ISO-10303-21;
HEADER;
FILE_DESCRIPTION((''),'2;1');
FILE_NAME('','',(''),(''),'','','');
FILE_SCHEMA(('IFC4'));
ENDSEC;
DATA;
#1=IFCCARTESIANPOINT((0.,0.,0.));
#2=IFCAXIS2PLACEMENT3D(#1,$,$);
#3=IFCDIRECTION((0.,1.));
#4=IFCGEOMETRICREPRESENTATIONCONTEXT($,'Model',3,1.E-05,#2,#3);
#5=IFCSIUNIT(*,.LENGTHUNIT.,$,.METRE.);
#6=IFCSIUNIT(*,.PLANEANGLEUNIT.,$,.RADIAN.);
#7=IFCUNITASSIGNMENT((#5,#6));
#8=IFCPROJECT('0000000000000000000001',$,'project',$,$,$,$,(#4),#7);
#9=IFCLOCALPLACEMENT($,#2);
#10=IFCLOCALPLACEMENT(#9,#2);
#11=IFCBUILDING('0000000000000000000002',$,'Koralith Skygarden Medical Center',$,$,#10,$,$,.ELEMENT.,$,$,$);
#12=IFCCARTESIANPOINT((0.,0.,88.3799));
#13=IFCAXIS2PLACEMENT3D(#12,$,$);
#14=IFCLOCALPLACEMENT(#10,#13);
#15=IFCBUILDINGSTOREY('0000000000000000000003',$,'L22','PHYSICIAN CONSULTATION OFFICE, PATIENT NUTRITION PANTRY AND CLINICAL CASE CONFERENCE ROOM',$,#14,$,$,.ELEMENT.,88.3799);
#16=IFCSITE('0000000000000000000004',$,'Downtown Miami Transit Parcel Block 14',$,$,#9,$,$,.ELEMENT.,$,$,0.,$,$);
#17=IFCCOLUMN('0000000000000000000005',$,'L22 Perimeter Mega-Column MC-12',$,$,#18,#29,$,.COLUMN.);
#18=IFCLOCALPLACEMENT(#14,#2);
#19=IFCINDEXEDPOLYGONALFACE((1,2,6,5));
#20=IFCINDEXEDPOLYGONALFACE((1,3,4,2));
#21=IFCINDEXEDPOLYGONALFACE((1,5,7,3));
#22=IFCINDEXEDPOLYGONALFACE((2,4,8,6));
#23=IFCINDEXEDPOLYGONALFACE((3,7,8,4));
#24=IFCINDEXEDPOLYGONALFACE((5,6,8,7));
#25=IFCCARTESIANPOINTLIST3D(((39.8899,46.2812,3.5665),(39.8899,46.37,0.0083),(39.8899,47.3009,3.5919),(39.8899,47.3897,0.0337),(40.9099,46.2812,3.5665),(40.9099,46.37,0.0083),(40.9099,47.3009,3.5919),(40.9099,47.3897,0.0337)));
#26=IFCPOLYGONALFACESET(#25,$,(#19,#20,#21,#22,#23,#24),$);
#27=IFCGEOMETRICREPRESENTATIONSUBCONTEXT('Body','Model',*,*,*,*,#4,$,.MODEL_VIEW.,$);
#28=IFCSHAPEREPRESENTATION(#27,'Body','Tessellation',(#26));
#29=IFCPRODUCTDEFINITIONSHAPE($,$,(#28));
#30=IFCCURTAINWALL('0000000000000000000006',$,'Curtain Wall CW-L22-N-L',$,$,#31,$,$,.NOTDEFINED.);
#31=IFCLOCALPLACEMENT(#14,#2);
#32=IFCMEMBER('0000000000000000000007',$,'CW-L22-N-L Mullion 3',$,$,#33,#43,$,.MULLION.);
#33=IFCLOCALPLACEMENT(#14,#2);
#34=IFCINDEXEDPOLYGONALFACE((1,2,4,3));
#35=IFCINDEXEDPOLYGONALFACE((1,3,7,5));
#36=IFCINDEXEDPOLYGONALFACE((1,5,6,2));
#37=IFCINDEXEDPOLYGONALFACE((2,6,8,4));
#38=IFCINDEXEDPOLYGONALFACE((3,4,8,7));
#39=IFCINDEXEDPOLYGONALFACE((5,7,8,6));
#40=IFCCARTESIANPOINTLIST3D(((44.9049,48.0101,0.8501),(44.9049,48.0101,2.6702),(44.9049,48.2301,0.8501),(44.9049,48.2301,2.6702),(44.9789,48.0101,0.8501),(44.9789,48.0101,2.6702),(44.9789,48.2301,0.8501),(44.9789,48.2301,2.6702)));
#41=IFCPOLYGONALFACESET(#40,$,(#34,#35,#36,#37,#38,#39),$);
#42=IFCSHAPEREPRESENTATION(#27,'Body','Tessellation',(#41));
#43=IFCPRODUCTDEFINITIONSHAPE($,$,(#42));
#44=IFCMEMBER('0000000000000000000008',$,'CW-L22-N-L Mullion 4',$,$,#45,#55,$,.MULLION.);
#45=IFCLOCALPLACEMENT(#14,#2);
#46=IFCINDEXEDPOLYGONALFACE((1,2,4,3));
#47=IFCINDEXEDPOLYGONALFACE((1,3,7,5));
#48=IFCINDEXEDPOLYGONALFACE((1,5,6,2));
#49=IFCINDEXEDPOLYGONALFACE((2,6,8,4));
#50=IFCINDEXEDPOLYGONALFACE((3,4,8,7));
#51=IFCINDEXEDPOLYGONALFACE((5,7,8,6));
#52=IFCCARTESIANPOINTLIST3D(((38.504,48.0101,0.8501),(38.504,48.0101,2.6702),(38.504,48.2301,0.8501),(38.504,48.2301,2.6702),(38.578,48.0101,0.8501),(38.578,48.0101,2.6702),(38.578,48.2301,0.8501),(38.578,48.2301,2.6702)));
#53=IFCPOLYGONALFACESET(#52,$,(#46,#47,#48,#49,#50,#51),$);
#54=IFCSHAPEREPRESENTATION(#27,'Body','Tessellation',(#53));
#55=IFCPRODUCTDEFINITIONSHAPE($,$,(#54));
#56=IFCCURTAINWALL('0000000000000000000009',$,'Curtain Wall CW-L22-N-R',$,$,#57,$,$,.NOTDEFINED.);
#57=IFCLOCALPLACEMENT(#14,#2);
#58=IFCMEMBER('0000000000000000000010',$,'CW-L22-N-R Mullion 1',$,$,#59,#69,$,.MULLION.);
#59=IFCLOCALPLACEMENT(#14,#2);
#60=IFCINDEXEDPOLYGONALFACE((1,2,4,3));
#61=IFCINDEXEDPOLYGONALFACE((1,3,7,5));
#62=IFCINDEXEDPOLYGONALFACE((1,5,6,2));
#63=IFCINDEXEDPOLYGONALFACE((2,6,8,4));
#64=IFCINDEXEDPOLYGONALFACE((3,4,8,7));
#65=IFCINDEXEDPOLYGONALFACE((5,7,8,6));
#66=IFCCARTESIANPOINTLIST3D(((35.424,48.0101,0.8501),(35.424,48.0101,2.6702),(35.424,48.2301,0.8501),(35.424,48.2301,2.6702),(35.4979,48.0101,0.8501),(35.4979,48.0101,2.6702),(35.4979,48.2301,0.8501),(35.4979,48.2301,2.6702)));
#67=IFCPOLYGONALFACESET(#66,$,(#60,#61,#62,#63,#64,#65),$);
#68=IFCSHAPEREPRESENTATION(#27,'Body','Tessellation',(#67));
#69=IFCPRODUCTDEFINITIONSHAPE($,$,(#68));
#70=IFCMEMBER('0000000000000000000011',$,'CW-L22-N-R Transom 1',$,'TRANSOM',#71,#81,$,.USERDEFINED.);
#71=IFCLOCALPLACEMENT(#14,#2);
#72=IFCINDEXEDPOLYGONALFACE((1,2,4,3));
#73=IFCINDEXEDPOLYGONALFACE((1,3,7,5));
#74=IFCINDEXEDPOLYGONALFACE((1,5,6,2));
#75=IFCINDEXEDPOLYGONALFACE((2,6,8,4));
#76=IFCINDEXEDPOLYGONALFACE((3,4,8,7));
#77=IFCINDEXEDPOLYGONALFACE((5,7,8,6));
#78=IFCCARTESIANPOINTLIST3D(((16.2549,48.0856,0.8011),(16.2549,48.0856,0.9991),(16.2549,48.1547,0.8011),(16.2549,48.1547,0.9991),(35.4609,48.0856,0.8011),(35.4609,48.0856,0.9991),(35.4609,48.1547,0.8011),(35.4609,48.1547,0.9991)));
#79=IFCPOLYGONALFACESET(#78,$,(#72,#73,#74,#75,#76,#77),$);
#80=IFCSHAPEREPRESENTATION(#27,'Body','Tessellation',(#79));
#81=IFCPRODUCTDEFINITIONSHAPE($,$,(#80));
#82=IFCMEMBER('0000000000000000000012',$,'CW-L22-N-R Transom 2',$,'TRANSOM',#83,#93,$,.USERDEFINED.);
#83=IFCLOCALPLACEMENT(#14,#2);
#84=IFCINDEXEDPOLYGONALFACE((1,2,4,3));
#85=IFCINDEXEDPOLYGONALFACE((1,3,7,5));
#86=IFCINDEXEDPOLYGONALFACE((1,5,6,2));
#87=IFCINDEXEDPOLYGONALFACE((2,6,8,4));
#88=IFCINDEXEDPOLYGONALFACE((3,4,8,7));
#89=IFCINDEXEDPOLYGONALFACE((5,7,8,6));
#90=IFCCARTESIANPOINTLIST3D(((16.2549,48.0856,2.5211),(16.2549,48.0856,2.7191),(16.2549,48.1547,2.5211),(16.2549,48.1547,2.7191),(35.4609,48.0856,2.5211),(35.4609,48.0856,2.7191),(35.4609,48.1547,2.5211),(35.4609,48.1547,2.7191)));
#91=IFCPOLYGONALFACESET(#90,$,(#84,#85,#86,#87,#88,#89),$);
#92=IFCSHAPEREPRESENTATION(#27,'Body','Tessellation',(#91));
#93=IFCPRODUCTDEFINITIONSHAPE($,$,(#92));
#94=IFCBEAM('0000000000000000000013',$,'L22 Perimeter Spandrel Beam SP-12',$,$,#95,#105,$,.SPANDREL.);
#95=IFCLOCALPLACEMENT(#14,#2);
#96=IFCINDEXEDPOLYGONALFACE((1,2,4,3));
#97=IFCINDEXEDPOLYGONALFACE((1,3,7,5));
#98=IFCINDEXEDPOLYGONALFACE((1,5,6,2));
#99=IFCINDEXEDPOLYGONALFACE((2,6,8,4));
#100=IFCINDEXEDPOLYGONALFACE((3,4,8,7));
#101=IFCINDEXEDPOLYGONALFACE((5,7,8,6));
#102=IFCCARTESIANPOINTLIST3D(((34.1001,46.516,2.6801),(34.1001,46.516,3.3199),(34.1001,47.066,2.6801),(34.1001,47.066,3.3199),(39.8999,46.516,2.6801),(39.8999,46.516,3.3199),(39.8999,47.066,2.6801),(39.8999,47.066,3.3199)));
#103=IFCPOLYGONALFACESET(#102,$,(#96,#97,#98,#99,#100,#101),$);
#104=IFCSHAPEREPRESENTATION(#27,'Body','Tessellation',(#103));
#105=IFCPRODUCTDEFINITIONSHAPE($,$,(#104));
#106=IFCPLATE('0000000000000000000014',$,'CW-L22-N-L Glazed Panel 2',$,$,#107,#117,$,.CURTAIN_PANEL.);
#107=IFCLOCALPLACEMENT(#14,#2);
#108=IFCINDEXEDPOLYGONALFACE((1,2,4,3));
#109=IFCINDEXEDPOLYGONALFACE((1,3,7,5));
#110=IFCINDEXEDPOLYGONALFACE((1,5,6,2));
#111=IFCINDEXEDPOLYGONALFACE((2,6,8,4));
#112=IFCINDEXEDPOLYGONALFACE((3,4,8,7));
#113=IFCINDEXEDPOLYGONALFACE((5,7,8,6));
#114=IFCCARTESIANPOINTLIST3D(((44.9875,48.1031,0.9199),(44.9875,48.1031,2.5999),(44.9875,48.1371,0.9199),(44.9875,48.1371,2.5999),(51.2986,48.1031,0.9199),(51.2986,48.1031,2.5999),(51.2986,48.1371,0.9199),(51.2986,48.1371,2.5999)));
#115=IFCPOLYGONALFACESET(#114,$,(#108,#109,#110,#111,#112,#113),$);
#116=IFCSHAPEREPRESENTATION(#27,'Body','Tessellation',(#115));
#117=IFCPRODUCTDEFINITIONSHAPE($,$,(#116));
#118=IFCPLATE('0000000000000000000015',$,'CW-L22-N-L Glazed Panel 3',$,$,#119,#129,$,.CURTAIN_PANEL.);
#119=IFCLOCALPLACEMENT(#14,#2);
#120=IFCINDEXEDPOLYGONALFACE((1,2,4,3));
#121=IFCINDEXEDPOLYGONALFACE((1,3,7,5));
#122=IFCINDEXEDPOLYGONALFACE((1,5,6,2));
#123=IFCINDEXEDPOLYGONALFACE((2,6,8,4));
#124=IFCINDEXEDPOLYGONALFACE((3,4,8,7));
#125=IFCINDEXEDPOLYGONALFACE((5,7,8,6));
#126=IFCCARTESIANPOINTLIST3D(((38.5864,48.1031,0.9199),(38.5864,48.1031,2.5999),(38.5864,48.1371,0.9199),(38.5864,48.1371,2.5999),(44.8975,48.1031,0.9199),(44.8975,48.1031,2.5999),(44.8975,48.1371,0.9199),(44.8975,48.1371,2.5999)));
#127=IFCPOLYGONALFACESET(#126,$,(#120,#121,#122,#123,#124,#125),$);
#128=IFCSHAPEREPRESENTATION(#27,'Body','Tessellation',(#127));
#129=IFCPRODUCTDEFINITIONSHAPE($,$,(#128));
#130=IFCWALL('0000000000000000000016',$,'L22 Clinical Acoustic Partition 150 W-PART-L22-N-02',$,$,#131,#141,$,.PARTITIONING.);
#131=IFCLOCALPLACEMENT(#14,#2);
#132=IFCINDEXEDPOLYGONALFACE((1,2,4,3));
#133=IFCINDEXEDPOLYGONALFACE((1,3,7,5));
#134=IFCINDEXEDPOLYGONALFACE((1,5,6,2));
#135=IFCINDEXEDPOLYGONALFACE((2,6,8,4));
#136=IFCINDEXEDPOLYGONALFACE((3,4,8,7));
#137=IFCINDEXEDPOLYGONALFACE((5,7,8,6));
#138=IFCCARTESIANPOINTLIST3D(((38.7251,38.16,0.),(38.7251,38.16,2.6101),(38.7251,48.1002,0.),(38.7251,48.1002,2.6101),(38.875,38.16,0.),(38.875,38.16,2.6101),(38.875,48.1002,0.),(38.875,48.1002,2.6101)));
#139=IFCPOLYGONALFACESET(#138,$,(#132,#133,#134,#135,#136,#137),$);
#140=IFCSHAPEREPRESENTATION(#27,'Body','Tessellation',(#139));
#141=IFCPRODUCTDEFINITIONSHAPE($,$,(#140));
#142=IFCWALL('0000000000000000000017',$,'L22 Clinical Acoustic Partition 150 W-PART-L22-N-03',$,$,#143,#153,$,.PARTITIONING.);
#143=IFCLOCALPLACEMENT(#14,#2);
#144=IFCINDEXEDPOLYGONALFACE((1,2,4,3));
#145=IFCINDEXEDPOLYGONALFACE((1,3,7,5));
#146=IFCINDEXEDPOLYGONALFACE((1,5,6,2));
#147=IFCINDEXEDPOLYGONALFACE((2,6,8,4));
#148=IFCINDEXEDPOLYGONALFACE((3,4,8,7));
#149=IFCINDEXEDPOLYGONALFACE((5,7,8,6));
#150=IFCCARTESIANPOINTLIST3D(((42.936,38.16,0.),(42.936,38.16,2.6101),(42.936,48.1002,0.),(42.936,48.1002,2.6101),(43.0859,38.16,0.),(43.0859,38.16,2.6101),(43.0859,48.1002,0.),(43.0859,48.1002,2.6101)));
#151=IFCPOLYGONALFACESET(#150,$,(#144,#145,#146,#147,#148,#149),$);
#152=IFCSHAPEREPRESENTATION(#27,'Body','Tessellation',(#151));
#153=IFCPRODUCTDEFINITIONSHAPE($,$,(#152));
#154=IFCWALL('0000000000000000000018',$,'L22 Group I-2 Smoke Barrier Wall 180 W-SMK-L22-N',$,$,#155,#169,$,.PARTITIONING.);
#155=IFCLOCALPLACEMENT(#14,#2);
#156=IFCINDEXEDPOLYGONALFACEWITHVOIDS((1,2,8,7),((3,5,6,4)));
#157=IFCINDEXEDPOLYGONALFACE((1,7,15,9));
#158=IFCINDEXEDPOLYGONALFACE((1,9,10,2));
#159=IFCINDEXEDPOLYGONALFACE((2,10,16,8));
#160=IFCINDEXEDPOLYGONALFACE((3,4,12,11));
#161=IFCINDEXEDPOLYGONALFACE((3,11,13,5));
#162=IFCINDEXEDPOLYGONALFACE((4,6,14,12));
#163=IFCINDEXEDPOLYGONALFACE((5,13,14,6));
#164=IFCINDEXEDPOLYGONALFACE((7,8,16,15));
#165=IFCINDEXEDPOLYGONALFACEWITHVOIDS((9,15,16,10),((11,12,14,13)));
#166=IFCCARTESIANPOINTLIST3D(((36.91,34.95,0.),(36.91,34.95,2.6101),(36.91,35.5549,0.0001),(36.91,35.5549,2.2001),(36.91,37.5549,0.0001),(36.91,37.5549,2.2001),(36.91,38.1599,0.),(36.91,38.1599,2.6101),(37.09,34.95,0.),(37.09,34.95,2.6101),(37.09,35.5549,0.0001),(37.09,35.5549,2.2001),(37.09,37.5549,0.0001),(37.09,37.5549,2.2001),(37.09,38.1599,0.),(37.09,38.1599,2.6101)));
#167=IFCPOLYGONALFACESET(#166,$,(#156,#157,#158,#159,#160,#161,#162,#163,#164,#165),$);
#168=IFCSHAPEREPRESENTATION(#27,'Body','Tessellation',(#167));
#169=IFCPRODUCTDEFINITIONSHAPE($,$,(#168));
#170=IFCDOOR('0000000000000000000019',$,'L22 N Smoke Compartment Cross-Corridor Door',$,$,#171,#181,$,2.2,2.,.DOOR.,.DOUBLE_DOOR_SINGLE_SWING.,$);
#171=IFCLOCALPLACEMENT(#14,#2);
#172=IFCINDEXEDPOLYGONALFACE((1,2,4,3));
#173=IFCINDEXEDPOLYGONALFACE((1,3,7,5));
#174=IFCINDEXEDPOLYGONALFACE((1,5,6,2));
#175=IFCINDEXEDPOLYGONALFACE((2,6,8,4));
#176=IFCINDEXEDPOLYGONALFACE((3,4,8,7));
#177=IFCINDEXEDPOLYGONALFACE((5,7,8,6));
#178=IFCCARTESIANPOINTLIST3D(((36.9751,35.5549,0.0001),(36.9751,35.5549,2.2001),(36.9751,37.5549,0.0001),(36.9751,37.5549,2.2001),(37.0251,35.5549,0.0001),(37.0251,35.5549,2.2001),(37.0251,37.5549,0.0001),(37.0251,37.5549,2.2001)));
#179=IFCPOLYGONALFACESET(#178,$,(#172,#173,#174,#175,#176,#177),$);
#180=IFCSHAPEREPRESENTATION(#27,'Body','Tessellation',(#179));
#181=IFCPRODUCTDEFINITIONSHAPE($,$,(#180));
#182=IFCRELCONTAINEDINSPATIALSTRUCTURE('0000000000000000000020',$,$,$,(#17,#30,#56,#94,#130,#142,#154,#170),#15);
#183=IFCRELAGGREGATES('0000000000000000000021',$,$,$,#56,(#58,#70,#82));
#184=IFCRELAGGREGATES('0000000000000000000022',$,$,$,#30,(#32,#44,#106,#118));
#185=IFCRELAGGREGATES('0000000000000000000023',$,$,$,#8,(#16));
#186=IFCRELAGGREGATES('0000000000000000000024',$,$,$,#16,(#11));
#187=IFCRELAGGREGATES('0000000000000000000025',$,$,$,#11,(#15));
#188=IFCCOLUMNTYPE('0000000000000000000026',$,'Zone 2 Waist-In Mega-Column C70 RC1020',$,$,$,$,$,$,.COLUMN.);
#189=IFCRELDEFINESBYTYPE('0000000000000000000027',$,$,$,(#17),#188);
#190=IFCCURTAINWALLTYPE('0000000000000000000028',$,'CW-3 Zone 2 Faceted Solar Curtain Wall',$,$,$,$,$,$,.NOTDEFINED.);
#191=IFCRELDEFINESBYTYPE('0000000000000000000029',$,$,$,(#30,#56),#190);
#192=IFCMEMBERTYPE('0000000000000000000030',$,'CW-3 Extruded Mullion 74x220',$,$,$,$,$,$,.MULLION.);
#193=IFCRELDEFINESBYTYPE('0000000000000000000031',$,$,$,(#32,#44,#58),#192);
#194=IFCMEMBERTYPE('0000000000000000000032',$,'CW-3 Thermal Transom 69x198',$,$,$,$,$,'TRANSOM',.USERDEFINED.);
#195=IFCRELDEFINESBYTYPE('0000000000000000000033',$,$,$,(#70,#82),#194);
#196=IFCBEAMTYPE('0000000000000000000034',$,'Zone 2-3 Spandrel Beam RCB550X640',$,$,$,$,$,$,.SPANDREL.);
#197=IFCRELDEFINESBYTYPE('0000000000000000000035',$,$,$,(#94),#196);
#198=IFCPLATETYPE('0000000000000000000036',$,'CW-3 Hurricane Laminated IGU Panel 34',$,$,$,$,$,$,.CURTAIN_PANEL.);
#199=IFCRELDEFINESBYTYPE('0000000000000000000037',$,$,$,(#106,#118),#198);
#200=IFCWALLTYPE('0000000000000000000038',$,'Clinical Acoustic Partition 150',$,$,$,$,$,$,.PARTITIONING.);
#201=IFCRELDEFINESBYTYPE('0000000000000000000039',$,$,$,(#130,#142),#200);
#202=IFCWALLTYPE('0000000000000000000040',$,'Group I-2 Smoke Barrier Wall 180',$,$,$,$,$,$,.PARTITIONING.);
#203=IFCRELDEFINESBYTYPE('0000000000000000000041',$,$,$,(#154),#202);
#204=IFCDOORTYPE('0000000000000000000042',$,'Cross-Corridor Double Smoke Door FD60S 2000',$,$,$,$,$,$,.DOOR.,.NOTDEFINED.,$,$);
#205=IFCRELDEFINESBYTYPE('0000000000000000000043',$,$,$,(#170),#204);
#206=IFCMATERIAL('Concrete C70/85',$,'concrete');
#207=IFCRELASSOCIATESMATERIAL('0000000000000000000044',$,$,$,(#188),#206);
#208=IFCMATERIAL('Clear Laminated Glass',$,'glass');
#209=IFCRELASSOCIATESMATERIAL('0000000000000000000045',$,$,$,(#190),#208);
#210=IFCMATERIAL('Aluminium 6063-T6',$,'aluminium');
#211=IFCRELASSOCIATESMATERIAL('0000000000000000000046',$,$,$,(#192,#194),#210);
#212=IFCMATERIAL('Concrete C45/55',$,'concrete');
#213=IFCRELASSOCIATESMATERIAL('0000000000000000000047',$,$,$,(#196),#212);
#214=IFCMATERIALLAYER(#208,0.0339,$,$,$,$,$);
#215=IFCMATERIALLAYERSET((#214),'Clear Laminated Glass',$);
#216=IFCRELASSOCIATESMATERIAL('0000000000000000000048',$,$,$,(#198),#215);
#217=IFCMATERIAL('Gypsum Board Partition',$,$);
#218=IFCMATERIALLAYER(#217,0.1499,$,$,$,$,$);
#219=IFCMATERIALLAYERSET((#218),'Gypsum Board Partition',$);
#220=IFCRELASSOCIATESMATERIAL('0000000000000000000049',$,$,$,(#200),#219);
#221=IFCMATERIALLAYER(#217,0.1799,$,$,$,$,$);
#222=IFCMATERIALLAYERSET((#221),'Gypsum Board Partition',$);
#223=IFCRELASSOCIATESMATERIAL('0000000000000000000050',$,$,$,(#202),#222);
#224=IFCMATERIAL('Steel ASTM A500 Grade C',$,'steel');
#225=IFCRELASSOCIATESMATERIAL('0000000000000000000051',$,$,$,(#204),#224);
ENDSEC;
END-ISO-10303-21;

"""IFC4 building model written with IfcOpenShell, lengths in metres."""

from ifc_helpers import new_model, si_unit, direction, frame, frame_2d, origin, origin_2d, place, context, subcontext, project, spatial, rectangle, extrude, material, layer, layer_set, material_profile, profile_set, type_object, element, fill, aggregate, save


model = new_model("IFC4")

# Units and contexts
model_context = context("Model", 3, precision=1e-05, world=origin(), true_north=direction((0.0, 1.0)))
body_context = subcontext(model_context, "Body", "Model", "MODEL_VIEW")
ifc_project = project(units=[si_unit("LENGTHUNIT", "METRE"), si_unit("PLANEANGLEUNIT", "RADIAN")], contexts=[model_context])

# Site, building, storey
site_placement = place(None, origin())
site = spatial("IfcSite", under=ifc_project, at=site_placement, Name="Downtown Miami Transit Parcel Block 14", CompositionType="ELEMENT", RefElevation=0.0)
building_placement = place(site_placement, origin())
building = spatial("IfcBuilding", under=site, at=building_placement, Name="Koralith Skygarden Medical Center", CompositionType="ELEMENT")
storey_placement = place(building_placement, frame((0.0, 0.0, 88.3799)))
storey = spatial("IfcBuildingStorey", under=building, at=storey_placement, Name="L22", Description="PHYSICIAN CONSULTATION OFFICE, PATIENT NUTRITION PANTRY AND CLINICAL CASE CONFERENCE ROOM", CompositionType="ELEMENT", Elevation=88.3799)

# Column
ifc_material_1 = material(Name="Concrete C70/85", Category="concrete")
ifc_material_profile_1 = material_profile(ifc_material_1, rectangle(XDim=1.02, YDim=1.02, at=origin_2d()), Name="RC1020X1020")
ifc_profile_set_1 = profile_set([ifc_material_profile_1], Name="Concrete C70/85")
column_type = type_object("IfcColumnType", Name="Zone 2 Waist-In Mega-Column C70 RC1020", PredefinedType="COLUMN", material=ifc_profile_set_1)
column_placement = place(storey_placement, frame((40.3999, 46.8799, 0.021), z_axis=(0.0, -0.024968, 0.999688), x_axis=(1.0, 0.0, 0.0)))
element("IfcColumn", 1, at=column_placement, inside=storey, type_object=column_type, Name="L22 Perimeter Mega-Column MC-12", PredefinedType="COLUMN", context=body_context, shape_type="SweptSolid", body=[
    extrude(rectangle(XDim=1.02, YDim=1.02, at=origin_2d()), origin(), (0.0, 0.0, 1.0), 3.5593),
])

# Curtain walls, members
ifc_material_2 = material(Name="Clear Laminated Glass", Category="glass")
curtain_wall_type = type_object("IfcCurtainWallType", Name="CW-3 Zone 2 Faceted Solar Curtain Wall", PredefinedType="NOTDEFINED", material=ifc_material_2)
curtain_wall_1_placement = place(storey_placement, origin())
curtain_wall_1 = element("IfcCurtainWall", 2, at=curtain_wall_1_placement, inside=storey, type_object=curtain_wall_type, Name="Curtain Wall CW-L22-N-L", PredefinedType="NOTDEFINED")
ifc_material_3 = material(Name="Aluminium 6063-T6", Category="aluminium")
ifc_material_profile_2 = material_profile(ifc_material_3, rectangle(XDim=0.074, YDim=0.22, at=origin_2d()), Name="MUL74X220")
ifc_profile_set_2 = profile_set([ifc_material_profile_2], Name="Aluminium 6063-T6")
member_type_1 = type_object("IfcMemberType", Name="CW-3 Extruded Mullion 74x220", PredefinedType="MULLION", material=ifc_profile_set_2)
member_1_placement = place(storey_placement, frame((44.9419, 48.1201, 0.8501), z_axis=(0.0, 0.0, 1.0), x_axis=(1.0, 0.0, 0.0)))
member_1 = element("IfcMember", 3, at=member_1_placement, type_object=member_type_1, Name="CW-L22-N-L Mullion 3", PredefinedType="MULLION", context=body_context, shape_type="SweptSolid", body=[
    extrude(rectangle(XDim=0.074, YDim=0.22, at=origin_2d()), origin(), (0.0, 0.0, 1.0), 1.8201),
])
member_2_placement = place(storey_placement, frame((38.541, 48.1201, 0.8501), z_axis=(0.0, 0.0, 1.0), x_axis=(1.0, 0.0, 0.0)))
member_2 = element("IfcMember", 4, at=member_2_placement, type_object=member_type_1, Name="CW-L22-N-L Mullion 4", PredefinedType="MULLION", context=body_context, shape_type="SweptSolid", body=[
    extrude(rectangle(XDim=0.074, YDim=0.22, at=origin_2d()), origin(), (0.0, 0.0, 1.0), 1.8201),
])
curtain_wall_2_placement = place(storey_placement, origin())
curtain_wall_2 = element("IfcCurtainWall", 5, at=curtain_wall_2_placement, inside=storey, type_object=curtain_wall_type, Name="Curtain Wall CW-L22-N-R", PredefinedType="NOTDEFINED")
member_3_placement = place(storey_placement, frame((35.4609, 48.1201, 0.8501), z_axis=(0.0, 0.0, 1.0), x_axis=(1.0, 0.0, 0.0)))
member_3 = element("IfcMember", 6, at=member_3_placement, type_object=member_type_1, Name="CW-L22-N-R Mullion 1", PredefinedType="MULLION", context=body_context, shape_type="SweptSolid", body=[
    extrude(rectangle(XDim=0.074, YDim=0.22, at=origin_2d()), origin(), (0.0, 0.0, 1.0), 1.8201),
])
ifc_material_profile_3 = material_profile(ifc_material_3, rectangle(XDim=0.0691, YDim=0.198, at=origin_2d()), Name="TRN69X198")
ifc_profile_set_3 = profile_set([ifc_material_profile_3], Name="Aluminium 6063-T6")
member_type_2 = type_object("IfcMemberType", Name="CW-3 Thermal Transom 69x198", ElementType="TRANSOM", PredefinedType="USERDEFINED", material=ifc_profile_set_3)
member_4_placement = place(storey_placement, frame((35.4609, 48.1201, 0.9001), z_axis=(-1.0, 0.0, 0.0), x_axis=(0.0, -1.0, 0.0)))
member_4 = element("IfcMember", 7, at=member_4_placement, type_object=member_type_2, Name="CW-L22-N-R Transom 1", ObjectType="TRANSOM", PredefinedType="USERDEFINED", context=body_context, shape_type="SweptSolid", body=[
    extrude(rectangle(XDim=0.0691, YDim=0.198, at=origin_2d()), origin(), (0.0, 0.0, 1.0), 19.2061),
])
member_5_placement = place(storey_placement, frame((35.4609, 48.1201, 2.6201), z_axis=(-1.0, 0.0, 0.0), x_axis=(0.0, -1.0, 0.0)))
member_5 = element("IfcMember", 8, at=member_5_placement, type_object=member_type_2, Name="CW-L22-N-R Transom 2", ObjectType="TRANSOM", PredefinedType="USERDEFINED", context=body_context, shape_type="SweptSolid", body=[
    extrude(rectangle(XDim=0.0691, YDim=0.198, at=origin_2d()), origin(), (0.0, 0.0, 1.0), 19.2061),
])
aggregate(curtain_wall_2, [member_3, member_4, member_5])

# Beam
ifc_material_4 = material(Name="Concrete C45/55", Category="concrete")
ifc_material_profile_4 = material_profile(ifc_material_4, rectangle(XDim=0.55, YDim=0.6399, at=origin_2d()), Name="RCB550X640")
ifc_profile_set_4 = profile_set([ifc_material_profile_4], Name="Concrete C45/55")
beam_type = type_object("IfcBeamType", Name="Zone 2-3 Spandrel Beam RCB550X640", PredefinedType="SPANDREL", material=ifc_profile_set_4)
beam_placement = place(storey_placement, frame((39.8999, 46.791, 3.0), z_axis=(-1.0, 0.0, 0.0), x_axis=(0.0, -1.0, 0.0)))
element("IfcBeam", 9, at=beam_placement, inside=storey, type_object=beam_type, Name="L22 Perimeter Spandrel Beam SP-12", PredefinedType="SPANDREL", context=body_context, shape_type="SweptSolid", body=[
    extrude(rectangle(XDim=0.55, YDim=0.6399, at=origin_2d()), origin(), (0.0, 0.0, 1.0), 5.7998),
])

# Plates
ifc_layer_1 = layer(ifc_material_2, 0.0339)
ifc_layer_set_1 = layer_set([ifc_layer_1], Name="Clear Laminated Glass")
plate_type = type_object("IfcPlateType", Name="CW-3 Hurricane Laminated IGU Panel 34", PredefinedType="CURTAIN_PANEL", material=ifc_layer_set_1)
plate_1_placement = place(storey_placement, frame((48.1431, 48.1201, 0.9199), z_axis=(0.0, 0.0, 1.0), x_axis=(-1.0, 0.0, 0.0)))
plate_1 = element("IfcPlate", 10, at=plate_1_placement, type_object=plate_type, Name="CW-L22-N-L Glazed Panel 2", PredefinedType="CURTAIN_PANEL", context=body_context, shape_type="SweptSolid", body=[
    extrude(rectangle(XDim=6.311, YDim=0.0339, at=origin_2d()), origin(), (0.0, 0.0, 1.0), 1.6799),
])
plate_2_placement = place(storey_placement, frame((41.7419, 48.1201, 0.9199), z_axis=(0.0, 0.0, 1.0), x_axis=(-1.0, 0.0, 0.0)))
plate_2 = element("IfcPlate", 11, at=plate_2_placement, type_object=plate_type, Name="CW-L22-N-L Glazed Panel 3", PredefinedType="CURTAIN_PANEL", context=body_context, shape_type="SweptSolid", body=[
    extrude(rectangle(XDim=6.311, YDim=0.0339, at=origin_2d()), origin(), (0.0, 0.0, 1.0), 1.6799),
])
aggregate(curtain_wall_1, [member_1, member_2, plate_1, plate_2])

# Walls
ifc_material_5 = material(Name="Gypsum Board Partition")
ifc_layer_2 = layer(ifc_material_5, 0.1499)
ifc_layer_set_2 = layer_set([ifc_layer_2], Name="Gypsum Board Partition")
wall_type_1 = type_object("IfcWallType", Name="Clinical Acoustic Partition 150", PredefinedType="PARTITIONING", material=ifc_layer_set_2)
for number, where, z_axis, x_axis, name in (
    (12, (38.8, 38.1599, 0.0), (0.0, 0.0, 1.0), (0.0, 1.0, 0.0), "L22 Clinical Acoustic Partition 150 W-PART-L22-N-02"),
    (13, (43.011, 38.1599, 0.0), (0.0, 0.0, 1.0), (0.0, 1.0, 0.0), "L22 Clinical Acoustic Partition 150 W-PART-L22-N-03"),
):
    element("IfcWall", number, at=place(storey_placement, frame(where, z_axis=z_axis, x_axis=x_axis)), inside=storey, type_object=wall_type_1, Name=name, PredefinedType="PARTITIONING", context=body_context, shape_type="SweptSolid", body=[
        extrude(rectangle(XDim=9.9402, YDim=0.1499, at=frame_2d((4.9702, 0.0))), origin(), (0.0, 0.0, 1.0), 2.6101),
    ])

# Wall, opening, door
ifc_layer_3 = layer(ifc_material_5, 0.1799)
ifc_layer_set_3 = layer_set([ifc_layer_3], Name="Gypsum Board Partition")
wall_type_2 = type_object("IfcWallType", Name="Group I-2 Smoke Barrier Wall 180", PredefinedType="PARTITIONING", material=ifc_layer_set_3)
wall_1_placement = place(storey_placement, frame((37.0, 34.95, 0.0), z_axis=(0.0, 0.0, 1.0), x_axis=(0.0, 1.0, 0.0)))
wall_1 = element("IfcWall", 14, at=wall_1_placement, inside=storey, type_object=wall_type_2, Name="L22 Group I-2 Smoke Barrier Wall 180 W-SMK-L22-N", PredefinedType="PARTITIONING", context=body_context, shape_type="SweptSolid", body=[
    extrude(rectangle(XDim=3.21, YDim=0.1799, at=frame_2d((1.605, 0.0))), origin(), (0.0, 0.0, 1.0), 2.6101),
])
opening_1_placement = place(wall_1_placement, frame((0.605, 0.0, 0.0)))
opening_1 = element("IfcOpeningElement", 15, at=opening_1_placement, cuts=wall_1, PredefinedType="OPENING", context=body_context, shape_type="SweptSolid", body=[
    extrude(rectangle(XDim=2.0, YDim=2.2, at=frame_2d((1.0, 1.1001))), frame((0.0, 0.0999, 0.0), z_axis=(0.0, -1.0, 0.0), x_axis=(1.0, 0.0, 0.0)), (0.0, 0.0, 1.0), 0.2),
])
ifc_material_6 = material(Name="Steel ASTM A500 Grade C", Category="steel")
door_type_1 = type_object("IfcDoorType", Name="Cross-Corridor Double Smoke Door FD60S 2000", OperationType="NOTDEFINED", PredefinedType="DOOR", material=ifc_material_6)
door_1_placement = place(opening_1_placement, origin())
door_1 = element("IfcDoor", 16, at=door_1_placement, inside=storey, type_object=door_type_1, Name="L22 N Smoke Compartment Cross-Corridor Door", OperationType="DOUBLE_DOOR_SINGLE_SWING", OverallHeight=2.2, OverallWidth=2.0, PredefinedType="DOOR", context=body_context, shape_type="SweptSolid", body=[
    extrude(rectangle(XDim=2.0, YDim=2.2, at=frame_2d((1.0, 1.1001))), frame((0.0, 0.0249, 0.0), z_axis=(0.0, -1.0, 0.0), x_axis=(1.0, 0.0, 0.0)), (0.0, 0.0, 1.0), 0.05),
])
fill(opening_1, door_1)

save(model, "model.ifc")
